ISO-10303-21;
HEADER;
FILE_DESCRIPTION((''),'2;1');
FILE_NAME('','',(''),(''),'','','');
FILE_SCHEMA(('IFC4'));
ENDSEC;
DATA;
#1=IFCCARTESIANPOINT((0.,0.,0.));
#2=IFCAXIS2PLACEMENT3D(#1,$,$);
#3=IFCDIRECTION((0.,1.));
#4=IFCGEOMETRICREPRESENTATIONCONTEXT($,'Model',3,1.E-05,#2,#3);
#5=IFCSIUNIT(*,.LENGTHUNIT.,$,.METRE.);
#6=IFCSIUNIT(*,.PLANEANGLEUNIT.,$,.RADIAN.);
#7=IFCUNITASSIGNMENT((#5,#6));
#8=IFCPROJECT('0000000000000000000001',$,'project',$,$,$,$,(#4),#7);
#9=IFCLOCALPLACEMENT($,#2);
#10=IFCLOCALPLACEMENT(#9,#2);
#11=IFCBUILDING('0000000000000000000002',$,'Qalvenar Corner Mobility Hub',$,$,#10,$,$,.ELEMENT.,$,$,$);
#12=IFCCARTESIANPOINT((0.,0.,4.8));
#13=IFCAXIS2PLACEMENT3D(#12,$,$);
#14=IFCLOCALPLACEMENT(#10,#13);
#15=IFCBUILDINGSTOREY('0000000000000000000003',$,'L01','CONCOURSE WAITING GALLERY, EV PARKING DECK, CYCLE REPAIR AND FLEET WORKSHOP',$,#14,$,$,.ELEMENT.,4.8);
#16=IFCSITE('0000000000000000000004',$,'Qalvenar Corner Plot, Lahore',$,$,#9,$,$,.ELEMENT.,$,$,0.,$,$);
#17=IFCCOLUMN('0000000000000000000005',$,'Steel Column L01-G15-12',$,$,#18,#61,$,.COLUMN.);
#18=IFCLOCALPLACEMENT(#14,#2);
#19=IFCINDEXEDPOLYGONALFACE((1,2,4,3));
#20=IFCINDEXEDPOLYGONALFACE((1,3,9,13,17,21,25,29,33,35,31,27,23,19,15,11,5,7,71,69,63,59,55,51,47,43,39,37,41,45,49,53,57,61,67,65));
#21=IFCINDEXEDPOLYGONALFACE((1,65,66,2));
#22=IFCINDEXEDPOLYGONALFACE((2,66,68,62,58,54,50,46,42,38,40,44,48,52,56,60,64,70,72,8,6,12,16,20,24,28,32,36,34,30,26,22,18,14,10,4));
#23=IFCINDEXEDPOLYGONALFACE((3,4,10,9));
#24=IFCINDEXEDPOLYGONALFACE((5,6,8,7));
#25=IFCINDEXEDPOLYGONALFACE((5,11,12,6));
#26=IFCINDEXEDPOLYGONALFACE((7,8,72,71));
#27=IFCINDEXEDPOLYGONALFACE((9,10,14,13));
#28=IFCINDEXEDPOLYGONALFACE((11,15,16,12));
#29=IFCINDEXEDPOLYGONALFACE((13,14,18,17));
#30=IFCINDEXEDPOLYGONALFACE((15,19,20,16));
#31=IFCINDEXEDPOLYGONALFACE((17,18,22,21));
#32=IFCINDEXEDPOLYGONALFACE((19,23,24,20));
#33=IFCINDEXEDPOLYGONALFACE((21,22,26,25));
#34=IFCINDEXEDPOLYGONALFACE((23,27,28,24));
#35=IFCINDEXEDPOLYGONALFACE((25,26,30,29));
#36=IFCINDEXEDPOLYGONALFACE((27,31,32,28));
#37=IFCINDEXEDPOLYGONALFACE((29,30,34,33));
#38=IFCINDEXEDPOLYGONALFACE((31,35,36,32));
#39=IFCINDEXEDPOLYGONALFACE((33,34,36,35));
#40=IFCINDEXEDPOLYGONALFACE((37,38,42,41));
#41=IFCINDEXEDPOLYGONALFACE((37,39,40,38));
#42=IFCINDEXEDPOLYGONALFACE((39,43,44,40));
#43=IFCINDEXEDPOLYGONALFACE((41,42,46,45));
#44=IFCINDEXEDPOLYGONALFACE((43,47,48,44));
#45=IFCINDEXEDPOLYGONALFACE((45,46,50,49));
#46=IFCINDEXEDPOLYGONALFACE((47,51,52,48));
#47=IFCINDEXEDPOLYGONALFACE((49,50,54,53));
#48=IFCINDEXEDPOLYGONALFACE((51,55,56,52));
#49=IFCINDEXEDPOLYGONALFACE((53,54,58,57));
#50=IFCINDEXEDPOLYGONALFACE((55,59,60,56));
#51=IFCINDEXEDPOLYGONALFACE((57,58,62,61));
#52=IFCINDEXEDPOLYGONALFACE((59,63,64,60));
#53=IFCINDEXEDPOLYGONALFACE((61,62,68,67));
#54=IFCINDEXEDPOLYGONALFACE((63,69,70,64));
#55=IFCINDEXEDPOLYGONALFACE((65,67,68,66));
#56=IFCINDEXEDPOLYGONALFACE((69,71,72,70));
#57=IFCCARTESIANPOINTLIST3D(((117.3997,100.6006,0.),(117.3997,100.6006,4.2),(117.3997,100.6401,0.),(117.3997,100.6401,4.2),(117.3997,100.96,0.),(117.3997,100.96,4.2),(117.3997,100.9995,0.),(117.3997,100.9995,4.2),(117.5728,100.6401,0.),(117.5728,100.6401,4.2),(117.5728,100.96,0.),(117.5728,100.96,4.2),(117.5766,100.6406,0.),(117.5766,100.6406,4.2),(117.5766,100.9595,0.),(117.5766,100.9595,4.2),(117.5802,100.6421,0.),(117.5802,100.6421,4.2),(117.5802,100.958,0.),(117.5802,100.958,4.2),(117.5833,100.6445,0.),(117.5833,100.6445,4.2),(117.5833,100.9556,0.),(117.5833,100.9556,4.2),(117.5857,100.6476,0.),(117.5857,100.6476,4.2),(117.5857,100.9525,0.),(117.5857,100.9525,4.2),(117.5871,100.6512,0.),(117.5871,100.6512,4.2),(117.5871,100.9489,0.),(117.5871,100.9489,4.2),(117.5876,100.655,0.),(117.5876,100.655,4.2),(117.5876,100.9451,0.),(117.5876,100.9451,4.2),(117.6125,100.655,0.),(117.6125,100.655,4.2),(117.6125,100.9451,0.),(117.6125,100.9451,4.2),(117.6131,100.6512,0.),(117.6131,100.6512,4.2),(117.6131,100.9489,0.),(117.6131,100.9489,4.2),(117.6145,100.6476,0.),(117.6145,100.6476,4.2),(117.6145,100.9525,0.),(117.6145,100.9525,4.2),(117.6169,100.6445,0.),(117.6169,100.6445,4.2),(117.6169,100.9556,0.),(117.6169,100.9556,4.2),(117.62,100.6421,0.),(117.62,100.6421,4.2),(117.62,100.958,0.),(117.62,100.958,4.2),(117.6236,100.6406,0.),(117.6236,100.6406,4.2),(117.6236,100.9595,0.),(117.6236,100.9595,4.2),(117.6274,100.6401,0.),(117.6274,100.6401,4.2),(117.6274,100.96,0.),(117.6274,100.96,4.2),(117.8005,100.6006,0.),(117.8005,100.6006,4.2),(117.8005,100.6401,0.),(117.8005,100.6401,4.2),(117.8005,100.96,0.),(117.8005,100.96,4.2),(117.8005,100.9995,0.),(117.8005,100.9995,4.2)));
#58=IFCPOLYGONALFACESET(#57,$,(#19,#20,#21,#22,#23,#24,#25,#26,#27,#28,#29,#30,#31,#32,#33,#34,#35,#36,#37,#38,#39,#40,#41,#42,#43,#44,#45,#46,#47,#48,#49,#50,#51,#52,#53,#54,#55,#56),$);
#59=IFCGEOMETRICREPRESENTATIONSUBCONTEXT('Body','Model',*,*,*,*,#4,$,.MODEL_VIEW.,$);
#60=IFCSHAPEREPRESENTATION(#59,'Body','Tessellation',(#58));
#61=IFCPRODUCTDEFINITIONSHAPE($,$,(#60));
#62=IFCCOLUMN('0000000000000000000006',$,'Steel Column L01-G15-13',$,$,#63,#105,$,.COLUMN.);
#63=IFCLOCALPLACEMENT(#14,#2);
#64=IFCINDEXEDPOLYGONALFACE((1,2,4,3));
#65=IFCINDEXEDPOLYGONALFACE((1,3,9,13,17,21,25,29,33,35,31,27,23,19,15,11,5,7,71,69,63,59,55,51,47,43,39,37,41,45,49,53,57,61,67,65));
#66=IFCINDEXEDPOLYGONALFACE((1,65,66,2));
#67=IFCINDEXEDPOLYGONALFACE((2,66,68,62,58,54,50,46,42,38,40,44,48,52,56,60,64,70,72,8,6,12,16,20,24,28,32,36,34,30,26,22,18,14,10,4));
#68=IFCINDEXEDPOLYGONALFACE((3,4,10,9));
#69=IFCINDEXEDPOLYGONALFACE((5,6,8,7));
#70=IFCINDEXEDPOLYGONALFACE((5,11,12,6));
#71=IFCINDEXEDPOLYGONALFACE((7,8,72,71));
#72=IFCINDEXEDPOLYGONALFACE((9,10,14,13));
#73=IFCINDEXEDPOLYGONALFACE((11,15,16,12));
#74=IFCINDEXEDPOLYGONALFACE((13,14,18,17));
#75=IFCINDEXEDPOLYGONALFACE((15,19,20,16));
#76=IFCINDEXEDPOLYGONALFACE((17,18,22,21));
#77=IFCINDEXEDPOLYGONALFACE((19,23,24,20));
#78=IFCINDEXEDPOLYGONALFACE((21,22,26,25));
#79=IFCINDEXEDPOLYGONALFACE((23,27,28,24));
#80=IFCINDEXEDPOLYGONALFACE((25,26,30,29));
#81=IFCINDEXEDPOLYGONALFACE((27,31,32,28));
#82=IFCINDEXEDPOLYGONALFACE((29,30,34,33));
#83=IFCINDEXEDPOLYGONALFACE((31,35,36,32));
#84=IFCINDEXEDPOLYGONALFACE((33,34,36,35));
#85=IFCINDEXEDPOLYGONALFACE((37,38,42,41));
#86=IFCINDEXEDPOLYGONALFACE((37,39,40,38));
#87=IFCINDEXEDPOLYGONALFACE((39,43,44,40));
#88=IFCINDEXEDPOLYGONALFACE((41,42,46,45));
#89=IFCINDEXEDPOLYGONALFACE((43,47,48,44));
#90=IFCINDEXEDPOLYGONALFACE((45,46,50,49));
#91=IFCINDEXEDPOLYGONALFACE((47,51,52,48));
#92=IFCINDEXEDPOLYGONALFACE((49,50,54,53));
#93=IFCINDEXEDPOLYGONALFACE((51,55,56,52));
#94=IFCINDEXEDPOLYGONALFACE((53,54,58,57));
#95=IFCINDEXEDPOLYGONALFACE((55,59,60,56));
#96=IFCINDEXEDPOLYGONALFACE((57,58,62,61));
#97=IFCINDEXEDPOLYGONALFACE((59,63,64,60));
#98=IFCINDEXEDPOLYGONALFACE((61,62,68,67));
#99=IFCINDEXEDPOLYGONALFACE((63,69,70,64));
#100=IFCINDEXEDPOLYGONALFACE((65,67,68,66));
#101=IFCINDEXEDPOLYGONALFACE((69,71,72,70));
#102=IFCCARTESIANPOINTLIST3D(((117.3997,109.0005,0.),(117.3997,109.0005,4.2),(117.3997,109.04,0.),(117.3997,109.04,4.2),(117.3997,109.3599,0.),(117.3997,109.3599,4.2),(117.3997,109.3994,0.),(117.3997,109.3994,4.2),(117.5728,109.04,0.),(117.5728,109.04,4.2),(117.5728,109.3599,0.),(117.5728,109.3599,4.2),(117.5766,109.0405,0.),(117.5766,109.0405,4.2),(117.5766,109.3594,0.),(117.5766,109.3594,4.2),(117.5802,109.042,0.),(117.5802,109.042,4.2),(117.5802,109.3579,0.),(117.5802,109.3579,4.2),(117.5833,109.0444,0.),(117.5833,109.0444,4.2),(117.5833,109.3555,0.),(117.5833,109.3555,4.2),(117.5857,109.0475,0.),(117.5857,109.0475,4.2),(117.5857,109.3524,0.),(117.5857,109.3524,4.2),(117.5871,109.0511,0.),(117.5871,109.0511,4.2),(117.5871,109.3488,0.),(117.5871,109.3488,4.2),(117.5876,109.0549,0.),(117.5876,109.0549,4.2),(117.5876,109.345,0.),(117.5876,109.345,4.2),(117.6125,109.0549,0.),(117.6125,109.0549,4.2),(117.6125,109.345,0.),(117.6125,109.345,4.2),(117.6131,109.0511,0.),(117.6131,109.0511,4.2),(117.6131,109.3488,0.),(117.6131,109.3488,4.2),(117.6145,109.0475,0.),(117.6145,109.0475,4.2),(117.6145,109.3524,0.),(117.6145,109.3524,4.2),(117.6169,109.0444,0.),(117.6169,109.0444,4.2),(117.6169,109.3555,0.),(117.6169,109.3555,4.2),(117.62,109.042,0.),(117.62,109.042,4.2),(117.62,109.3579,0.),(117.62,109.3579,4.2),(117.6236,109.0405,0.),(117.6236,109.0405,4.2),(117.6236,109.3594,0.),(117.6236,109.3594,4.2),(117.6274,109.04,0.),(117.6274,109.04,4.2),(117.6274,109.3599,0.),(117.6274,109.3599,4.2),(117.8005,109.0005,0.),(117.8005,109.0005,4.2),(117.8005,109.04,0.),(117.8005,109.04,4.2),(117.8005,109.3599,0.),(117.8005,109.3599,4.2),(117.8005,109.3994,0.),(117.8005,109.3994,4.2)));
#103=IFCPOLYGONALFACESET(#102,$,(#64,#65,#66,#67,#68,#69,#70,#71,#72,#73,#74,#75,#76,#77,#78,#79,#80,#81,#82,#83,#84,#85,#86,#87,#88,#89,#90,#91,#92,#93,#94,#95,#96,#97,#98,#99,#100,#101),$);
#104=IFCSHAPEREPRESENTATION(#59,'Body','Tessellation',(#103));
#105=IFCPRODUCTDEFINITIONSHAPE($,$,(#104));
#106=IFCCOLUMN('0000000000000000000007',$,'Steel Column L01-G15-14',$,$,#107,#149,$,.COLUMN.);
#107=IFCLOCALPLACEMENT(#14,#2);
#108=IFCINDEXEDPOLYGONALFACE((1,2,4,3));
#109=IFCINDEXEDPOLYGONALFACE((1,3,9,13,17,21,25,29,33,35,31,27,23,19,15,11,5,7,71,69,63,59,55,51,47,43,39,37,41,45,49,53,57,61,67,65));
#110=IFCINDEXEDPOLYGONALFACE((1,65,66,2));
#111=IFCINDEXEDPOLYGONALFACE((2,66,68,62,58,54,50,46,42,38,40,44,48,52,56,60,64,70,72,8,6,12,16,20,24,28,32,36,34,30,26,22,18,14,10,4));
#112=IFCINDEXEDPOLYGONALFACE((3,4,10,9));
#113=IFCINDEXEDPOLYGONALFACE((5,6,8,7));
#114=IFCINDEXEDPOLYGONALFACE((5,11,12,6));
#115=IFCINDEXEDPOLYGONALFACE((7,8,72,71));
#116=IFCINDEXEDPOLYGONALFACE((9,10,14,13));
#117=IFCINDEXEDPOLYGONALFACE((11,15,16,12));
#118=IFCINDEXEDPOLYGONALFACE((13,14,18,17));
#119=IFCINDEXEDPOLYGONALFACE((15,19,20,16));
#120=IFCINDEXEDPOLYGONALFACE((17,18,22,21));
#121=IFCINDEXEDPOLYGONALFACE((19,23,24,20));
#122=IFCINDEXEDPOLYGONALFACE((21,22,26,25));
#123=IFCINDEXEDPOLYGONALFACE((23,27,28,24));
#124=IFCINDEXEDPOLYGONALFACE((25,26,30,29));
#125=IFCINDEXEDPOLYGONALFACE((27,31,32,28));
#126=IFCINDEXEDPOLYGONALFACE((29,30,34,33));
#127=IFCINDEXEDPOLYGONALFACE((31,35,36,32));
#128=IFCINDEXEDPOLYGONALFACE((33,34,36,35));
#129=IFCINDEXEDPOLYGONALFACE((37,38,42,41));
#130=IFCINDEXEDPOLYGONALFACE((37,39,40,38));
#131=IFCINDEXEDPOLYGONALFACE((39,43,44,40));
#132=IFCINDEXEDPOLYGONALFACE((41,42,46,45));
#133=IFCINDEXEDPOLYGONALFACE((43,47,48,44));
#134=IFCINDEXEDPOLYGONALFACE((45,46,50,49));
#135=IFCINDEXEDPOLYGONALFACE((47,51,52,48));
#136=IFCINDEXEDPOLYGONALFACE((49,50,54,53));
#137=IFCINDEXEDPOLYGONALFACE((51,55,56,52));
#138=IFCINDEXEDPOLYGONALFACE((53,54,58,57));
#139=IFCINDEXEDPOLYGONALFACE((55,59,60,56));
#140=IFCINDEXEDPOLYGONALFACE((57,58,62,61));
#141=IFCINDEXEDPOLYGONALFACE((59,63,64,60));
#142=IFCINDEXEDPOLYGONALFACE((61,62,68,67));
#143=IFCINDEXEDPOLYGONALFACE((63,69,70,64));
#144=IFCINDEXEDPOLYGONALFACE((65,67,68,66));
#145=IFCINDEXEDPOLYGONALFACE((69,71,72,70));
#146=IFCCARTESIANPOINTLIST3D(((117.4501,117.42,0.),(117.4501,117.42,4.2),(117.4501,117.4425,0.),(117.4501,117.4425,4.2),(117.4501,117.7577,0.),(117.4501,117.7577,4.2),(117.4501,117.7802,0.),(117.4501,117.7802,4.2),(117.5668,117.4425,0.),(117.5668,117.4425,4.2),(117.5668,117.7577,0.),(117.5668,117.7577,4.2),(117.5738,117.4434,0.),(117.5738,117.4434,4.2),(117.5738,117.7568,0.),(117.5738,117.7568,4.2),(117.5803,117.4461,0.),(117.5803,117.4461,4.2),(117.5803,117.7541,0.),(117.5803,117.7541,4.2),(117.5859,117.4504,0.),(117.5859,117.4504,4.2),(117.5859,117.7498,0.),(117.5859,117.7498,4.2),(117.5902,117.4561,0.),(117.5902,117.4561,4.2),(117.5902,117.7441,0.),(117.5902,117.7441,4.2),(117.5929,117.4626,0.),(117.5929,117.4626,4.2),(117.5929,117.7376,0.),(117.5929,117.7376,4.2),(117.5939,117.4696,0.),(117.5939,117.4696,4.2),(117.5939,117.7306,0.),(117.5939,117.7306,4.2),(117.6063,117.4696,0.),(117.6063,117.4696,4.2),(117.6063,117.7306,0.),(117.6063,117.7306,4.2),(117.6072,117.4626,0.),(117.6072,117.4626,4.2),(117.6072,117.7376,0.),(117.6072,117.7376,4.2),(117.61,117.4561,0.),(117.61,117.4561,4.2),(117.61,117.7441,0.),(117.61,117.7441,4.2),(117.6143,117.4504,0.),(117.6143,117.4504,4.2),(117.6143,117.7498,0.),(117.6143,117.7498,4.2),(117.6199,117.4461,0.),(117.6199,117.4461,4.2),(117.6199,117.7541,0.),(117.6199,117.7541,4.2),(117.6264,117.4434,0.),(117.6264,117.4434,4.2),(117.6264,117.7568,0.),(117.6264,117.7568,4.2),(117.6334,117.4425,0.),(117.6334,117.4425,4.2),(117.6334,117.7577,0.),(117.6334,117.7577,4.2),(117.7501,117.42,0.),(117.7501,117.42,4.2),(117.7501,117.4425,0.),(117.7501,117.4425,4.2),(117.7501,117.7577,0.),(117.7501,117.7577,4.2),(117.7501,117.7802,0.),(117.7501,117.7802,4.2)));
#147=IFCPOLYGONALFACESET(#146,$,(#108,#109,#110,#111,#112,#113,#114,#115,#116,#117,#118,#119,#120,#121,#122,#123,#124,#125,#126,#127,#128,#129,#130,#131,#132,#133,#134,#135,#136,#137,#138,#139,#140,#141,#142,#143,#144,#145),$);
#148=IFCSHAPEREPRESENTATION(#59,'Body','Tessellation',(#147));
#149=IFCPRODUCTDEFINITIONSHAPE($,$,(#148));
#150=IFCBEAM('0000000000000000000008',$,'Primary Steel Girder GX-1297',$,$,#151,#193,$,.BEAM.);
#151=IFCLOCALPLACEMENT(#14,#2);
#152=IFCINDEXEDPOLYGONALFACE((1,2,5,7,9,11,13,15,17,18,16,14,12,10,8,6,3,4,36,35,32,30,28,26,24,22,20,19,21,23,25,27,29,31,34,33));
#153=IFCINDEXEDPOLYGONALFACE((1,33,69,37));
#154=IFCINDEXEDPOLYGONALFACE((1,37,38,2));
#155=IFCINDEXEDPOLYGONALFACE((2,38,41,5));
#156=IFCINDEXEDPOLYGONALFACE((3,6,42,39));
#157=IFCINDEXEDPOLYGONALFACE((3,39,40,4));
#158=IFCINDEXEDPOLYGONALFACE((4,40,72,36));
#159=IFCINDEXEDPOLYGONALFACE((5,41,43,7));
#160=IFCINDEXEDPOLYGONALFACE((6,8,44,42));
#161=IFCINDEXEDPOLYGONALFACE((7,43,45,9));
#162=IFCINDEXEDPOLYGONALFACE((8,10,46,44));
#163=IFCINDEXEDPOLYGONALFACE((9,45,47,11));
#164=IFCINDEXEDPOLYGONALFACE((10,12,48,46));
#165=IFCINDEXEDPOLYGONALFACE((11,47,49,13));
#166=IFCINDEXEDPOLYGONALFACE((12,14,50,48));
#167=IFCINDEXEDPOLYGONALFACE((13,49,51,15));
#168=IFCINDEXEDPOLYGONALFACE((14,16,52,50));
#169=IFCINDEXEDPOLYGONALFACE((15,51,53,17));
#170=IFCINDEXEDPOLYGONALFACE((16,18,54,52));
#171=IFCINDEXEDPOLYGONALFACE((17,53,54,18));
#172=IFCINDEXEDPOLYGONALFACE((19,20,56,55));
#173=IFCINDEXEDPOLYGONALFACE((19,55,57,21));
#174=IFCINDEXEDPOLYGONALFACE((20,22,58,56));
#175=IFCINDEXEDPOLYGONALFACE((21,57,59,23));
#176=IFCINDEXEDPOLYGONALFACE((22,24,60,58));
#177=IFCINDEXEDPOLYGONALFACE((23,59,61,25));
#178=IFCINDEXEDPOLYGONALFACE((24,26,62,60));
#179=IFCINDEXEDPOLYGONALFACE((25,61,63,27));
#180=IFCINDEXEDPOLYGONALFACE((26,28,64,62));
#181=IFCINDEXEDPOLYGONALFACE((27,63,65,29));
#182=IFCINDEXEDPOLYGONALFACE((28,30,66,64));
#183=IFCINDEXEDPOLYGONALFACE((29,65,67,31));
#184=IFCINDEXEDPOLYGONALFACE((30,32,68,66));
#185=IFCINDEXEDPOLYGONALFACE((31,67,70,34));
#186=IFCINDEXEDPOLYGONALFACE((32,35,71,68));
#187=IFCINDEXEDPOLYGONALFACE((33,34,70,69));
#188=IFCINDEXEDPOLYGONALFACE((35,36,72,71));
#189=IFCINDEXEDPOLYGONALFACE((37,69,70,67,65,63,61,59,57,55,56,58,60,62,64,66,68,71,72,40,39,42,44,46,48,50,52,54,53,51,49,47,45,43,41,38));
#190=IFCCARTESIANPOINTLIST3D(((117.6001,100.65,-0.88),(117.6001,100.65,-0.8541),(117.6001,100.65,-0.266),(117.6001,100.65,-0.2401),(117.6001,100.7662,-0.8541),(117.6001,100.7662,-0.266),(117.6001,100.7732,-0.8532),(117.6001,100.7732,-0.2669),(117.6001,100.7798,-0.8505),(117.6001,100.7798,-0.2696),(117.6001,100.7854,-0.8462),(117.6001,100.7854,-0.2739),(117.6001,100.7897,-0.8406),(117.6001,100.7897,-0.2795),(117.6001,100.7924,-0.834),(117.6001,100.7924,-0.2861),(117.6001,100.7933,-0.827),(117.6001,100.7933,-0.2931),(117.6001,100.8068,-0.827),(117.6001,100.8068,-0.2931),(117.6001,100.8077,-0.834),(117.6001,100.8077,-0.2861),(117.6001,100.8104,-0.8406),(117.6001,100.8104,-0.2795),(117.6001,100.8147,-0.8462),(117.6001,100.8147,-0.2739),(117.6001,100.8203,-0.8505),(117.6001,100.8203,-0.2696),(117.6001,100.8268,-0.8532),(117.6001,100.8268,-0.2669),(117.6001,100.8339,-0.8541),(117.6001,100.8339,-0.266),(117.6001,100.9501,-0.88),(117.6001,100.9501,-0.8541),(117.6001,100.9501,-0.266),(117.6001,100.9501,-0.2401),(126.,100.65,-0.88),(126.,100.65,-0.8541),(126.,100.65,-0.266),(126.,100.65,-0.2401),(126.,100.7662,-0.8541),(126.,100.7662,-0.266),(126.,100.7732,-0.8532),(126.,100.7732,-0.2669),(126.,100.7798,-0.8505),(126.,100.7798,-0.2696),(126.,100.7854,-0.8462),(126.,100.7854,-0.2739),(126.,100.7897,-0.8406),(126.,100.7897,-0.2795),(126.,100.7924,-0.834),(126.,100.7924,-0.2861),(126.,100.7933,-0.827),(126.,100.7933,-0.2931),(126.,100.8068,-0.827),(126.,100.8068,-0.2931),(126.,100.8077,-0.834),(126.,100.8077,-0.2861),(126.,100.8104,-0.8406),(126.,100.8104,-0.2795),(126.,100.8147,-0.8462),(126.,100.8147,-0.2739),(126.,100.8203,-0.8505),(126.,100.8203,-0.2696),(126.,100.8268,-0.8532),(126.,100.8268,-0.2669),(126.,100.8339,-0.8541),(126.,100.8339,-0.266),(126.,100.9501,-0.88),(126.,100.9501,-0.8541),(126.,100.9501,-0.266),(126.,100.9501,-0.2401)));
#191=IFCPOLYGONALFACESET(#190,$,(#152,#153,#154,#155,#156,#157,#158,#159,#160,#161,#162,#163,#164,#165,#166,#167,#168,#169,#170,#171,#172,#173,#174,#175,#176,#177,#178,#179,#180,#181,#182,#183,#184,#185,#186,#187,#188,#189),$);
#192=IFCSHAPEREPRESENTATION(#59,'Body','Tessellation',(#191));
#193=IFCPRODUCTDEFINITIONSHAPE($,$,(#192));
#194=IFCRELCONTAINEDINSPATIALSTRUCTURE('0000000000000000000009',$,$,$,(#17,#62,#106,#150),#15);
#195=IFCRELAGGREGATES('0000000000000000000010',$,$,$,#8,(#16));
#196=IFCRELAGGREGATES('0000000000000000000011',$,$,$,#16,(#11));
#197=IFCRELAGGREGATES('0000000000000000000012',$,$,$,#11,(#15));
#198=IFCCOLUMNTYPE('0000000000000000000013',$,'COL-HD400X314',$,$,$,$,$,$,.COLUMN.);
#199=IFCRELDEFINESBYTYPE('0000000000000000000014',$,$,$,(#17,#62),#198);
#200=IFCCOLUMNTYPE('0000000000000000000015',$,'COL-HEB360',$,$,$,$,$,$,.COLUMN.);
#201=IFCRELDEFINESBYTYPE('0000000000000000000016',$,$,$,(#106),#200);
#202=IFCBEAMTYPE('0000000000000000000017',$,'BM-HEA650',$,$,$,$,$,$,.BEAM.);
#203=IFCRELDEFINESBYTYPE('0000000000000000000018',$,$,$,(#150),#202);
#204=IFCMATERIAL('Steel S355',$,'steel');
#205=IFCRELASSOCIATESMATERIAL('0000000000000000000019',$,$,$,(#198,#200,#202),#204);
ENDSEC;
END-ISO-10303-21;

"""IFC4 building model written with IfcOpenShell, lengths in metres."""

from ifc_helpers import new_model, si_unit, direction, frame, origin, origin_2d, place, context, subcontext, project, spatial, i_section, extrude, material, material_profile, profile_set, type_object, element, save


model = new_model("IFC4")

# Units and contexts
model_context = context("Model", 3, precision=1e-05, world=origin(), true_north=direction((0.0, 1.0)))
body_context = subcontext(model_context, "Body", "Model", "MODEL_VIEW")
ifc_project = project(units=[si_unit("LENGTHUNIT", "METRE"), si_unit("PLANEANGLEUNIT", "RADIAN")], contexts=[model_context])

# Site, building, storey
site_placement = place(None, origin())
site = spatial("IfcSite", under=ifc_project, at=site_placement, Name="Qalvenar Corner Plot, Lahore", CompositionType="ELEMENT", RefElevation=0.0)
building_placement = place(site_placement, origin())
building = spatial("IfcBuilding", under=site, at=building_placement, Name="Qalvenar Corner Mobility Hub", CompositionType="ELEMENT")
storey_placement = place(building_placement, frame((0.0, 0.0, 4.8)))
storey = spatial("IfcBuildingStorey", under=building, at=storey_placement, Name="L01", Description="CONCOURSE WAITING GALLERY, EV PARKING DECK, CYCLE REPAIR AND FLEET WORKSHOP", CompositionType="ELEMENT", Elevation=4.8)

# Columns
ifc_material = material(Name="Steel S355", Category="steel")
ifc_material_profile_1 = material_profile(ifc_material, i_section(OverallWidth=0.4009, OverallDepth=0.3989, WebThickness=0.0249, FlangeThickness=0.0396, FilletRadius=0.0149, at=origin_2d()), Name="HD400x314")
ifc_profile_set_1 = profile_set([ifc_material_profile_1], Name="Steel S355")
column_type_1 = type_object("IfcColumnType", Name="COL-HD400X314", PredefinedType="COLUMN", material=ifc_profile_set_1)
for number, where, z_axis, x_axis, name in (
    (1, (117.6001, 100.8, 0.0), (0.0, 0.0, 1.0), (1.0, 0.0, 0.0), "Steel Column L01-G15-12"),
    (2, (117.6001, 109.2, 0.0), (0.0, 0.0, 1.0), (1.0, 0.0, 0.0), "Steel Column L01-G15-13"),
):
    element("IfcColumn", number, at=place(storey_placement, frame(where, z_axis=z_axis, x_axis=x_axis)), inside=storey, type_object=column_type_1, Name=name, PredefinedType="COLUMN", context=body_context, shape_type="SweptSolid", body=[
        extrude(i_section(OverallWidth=0.4009, OverallDepth=0.3989, WebThickness=0.0249, FlangeThickness=0.0396, FilletRadius=0.0149, at=origin_2d()), origin(), (0.0, 0.0, 1.0), 4.2),
    ])
ifc_material_profile_2 = material_profile(ifc_material, i_section(OverallWidth=0.3, OverallDepth=0.3601, WebThickness=0.0125, FlangeThickness=0.0225, FilletRadius=0.0271, at=origin_2d()), Name="HEB360")
ifc_profile_set_2 = profile_set([ifc_material_profile_2], Name="Steel S355")
column_type_2 = type_object("IfcColumnType", Name="COL-HEB360", PredefinedType="COLUMN", material=ifc_profile_set_2)
column_placement = place(storey_placement, frame((117.6001, 117.6001, 0.0), z_axis=(0.0, 0.0, 1.0), x_axis=(1.0, 0.0, 0.0)))
element("IfcColumn", 3, at=column_placement, inside=storey, type_object=column_type_2, Name="Steel Column L01-G15-14", PredefinedType="COLUMN", context=body_context, shape_type="SweptSolid", body=[
    extrude(i_section(OverallWidth=0.3, OverallDepth=0.3601, WebThickness=0.0125, FlangeThickness=0.0225, FilletRadius=0.0271, at=origin_2d()), origin(), (0.0, 0.0, 1.0), 4.2),
])

# Beam
ifc_material_profile_3 = material_profile(ifc_material, i_section(OverallWidth=0.3, OverallDepth=0.6399, WebThickness=0.0134, FlangeThickness=0.0259, FilletRadius=0.0271, at=origin_2d()), Name="HEA650")
ifc_profile_set_3 = profile_set([ifc_material_profile_3], Name="Steel S355")
beam_type_1 = type_object("IfcBeamType", Name="BM-HEA650", PredefinedType="BEAM", material=ifc_profile_set_3)
for number, where, z_axis, x_axis, name in (
    (4, (117.6001, 100.8, -0.5601), (1.0, 0.0, 0.0), (0.0, 1.0, 0.0), "Primary Steel Girder GX-1297"),
):
    element("IfcBeam", number, at=place(storey_placement, frame(where, z_axis=z_axis, x_axis=x_axis)), inside=storey, type_object=beam_type_1, Name=name, PredefinedType="BEAM", context=body_context, shape_type="SweptSolid", body=[
        extrude(i_section(OverallWidth=0.3, OverallDepth=0.6399, WebThickness=0.0134, FlangeThickness=0.0259, FilletRadius=0.0271, at=origin_2d()), origin(), (0.0, 0.0, 1.0), 8.3999),
    ])

save(model, "model.ifc")
